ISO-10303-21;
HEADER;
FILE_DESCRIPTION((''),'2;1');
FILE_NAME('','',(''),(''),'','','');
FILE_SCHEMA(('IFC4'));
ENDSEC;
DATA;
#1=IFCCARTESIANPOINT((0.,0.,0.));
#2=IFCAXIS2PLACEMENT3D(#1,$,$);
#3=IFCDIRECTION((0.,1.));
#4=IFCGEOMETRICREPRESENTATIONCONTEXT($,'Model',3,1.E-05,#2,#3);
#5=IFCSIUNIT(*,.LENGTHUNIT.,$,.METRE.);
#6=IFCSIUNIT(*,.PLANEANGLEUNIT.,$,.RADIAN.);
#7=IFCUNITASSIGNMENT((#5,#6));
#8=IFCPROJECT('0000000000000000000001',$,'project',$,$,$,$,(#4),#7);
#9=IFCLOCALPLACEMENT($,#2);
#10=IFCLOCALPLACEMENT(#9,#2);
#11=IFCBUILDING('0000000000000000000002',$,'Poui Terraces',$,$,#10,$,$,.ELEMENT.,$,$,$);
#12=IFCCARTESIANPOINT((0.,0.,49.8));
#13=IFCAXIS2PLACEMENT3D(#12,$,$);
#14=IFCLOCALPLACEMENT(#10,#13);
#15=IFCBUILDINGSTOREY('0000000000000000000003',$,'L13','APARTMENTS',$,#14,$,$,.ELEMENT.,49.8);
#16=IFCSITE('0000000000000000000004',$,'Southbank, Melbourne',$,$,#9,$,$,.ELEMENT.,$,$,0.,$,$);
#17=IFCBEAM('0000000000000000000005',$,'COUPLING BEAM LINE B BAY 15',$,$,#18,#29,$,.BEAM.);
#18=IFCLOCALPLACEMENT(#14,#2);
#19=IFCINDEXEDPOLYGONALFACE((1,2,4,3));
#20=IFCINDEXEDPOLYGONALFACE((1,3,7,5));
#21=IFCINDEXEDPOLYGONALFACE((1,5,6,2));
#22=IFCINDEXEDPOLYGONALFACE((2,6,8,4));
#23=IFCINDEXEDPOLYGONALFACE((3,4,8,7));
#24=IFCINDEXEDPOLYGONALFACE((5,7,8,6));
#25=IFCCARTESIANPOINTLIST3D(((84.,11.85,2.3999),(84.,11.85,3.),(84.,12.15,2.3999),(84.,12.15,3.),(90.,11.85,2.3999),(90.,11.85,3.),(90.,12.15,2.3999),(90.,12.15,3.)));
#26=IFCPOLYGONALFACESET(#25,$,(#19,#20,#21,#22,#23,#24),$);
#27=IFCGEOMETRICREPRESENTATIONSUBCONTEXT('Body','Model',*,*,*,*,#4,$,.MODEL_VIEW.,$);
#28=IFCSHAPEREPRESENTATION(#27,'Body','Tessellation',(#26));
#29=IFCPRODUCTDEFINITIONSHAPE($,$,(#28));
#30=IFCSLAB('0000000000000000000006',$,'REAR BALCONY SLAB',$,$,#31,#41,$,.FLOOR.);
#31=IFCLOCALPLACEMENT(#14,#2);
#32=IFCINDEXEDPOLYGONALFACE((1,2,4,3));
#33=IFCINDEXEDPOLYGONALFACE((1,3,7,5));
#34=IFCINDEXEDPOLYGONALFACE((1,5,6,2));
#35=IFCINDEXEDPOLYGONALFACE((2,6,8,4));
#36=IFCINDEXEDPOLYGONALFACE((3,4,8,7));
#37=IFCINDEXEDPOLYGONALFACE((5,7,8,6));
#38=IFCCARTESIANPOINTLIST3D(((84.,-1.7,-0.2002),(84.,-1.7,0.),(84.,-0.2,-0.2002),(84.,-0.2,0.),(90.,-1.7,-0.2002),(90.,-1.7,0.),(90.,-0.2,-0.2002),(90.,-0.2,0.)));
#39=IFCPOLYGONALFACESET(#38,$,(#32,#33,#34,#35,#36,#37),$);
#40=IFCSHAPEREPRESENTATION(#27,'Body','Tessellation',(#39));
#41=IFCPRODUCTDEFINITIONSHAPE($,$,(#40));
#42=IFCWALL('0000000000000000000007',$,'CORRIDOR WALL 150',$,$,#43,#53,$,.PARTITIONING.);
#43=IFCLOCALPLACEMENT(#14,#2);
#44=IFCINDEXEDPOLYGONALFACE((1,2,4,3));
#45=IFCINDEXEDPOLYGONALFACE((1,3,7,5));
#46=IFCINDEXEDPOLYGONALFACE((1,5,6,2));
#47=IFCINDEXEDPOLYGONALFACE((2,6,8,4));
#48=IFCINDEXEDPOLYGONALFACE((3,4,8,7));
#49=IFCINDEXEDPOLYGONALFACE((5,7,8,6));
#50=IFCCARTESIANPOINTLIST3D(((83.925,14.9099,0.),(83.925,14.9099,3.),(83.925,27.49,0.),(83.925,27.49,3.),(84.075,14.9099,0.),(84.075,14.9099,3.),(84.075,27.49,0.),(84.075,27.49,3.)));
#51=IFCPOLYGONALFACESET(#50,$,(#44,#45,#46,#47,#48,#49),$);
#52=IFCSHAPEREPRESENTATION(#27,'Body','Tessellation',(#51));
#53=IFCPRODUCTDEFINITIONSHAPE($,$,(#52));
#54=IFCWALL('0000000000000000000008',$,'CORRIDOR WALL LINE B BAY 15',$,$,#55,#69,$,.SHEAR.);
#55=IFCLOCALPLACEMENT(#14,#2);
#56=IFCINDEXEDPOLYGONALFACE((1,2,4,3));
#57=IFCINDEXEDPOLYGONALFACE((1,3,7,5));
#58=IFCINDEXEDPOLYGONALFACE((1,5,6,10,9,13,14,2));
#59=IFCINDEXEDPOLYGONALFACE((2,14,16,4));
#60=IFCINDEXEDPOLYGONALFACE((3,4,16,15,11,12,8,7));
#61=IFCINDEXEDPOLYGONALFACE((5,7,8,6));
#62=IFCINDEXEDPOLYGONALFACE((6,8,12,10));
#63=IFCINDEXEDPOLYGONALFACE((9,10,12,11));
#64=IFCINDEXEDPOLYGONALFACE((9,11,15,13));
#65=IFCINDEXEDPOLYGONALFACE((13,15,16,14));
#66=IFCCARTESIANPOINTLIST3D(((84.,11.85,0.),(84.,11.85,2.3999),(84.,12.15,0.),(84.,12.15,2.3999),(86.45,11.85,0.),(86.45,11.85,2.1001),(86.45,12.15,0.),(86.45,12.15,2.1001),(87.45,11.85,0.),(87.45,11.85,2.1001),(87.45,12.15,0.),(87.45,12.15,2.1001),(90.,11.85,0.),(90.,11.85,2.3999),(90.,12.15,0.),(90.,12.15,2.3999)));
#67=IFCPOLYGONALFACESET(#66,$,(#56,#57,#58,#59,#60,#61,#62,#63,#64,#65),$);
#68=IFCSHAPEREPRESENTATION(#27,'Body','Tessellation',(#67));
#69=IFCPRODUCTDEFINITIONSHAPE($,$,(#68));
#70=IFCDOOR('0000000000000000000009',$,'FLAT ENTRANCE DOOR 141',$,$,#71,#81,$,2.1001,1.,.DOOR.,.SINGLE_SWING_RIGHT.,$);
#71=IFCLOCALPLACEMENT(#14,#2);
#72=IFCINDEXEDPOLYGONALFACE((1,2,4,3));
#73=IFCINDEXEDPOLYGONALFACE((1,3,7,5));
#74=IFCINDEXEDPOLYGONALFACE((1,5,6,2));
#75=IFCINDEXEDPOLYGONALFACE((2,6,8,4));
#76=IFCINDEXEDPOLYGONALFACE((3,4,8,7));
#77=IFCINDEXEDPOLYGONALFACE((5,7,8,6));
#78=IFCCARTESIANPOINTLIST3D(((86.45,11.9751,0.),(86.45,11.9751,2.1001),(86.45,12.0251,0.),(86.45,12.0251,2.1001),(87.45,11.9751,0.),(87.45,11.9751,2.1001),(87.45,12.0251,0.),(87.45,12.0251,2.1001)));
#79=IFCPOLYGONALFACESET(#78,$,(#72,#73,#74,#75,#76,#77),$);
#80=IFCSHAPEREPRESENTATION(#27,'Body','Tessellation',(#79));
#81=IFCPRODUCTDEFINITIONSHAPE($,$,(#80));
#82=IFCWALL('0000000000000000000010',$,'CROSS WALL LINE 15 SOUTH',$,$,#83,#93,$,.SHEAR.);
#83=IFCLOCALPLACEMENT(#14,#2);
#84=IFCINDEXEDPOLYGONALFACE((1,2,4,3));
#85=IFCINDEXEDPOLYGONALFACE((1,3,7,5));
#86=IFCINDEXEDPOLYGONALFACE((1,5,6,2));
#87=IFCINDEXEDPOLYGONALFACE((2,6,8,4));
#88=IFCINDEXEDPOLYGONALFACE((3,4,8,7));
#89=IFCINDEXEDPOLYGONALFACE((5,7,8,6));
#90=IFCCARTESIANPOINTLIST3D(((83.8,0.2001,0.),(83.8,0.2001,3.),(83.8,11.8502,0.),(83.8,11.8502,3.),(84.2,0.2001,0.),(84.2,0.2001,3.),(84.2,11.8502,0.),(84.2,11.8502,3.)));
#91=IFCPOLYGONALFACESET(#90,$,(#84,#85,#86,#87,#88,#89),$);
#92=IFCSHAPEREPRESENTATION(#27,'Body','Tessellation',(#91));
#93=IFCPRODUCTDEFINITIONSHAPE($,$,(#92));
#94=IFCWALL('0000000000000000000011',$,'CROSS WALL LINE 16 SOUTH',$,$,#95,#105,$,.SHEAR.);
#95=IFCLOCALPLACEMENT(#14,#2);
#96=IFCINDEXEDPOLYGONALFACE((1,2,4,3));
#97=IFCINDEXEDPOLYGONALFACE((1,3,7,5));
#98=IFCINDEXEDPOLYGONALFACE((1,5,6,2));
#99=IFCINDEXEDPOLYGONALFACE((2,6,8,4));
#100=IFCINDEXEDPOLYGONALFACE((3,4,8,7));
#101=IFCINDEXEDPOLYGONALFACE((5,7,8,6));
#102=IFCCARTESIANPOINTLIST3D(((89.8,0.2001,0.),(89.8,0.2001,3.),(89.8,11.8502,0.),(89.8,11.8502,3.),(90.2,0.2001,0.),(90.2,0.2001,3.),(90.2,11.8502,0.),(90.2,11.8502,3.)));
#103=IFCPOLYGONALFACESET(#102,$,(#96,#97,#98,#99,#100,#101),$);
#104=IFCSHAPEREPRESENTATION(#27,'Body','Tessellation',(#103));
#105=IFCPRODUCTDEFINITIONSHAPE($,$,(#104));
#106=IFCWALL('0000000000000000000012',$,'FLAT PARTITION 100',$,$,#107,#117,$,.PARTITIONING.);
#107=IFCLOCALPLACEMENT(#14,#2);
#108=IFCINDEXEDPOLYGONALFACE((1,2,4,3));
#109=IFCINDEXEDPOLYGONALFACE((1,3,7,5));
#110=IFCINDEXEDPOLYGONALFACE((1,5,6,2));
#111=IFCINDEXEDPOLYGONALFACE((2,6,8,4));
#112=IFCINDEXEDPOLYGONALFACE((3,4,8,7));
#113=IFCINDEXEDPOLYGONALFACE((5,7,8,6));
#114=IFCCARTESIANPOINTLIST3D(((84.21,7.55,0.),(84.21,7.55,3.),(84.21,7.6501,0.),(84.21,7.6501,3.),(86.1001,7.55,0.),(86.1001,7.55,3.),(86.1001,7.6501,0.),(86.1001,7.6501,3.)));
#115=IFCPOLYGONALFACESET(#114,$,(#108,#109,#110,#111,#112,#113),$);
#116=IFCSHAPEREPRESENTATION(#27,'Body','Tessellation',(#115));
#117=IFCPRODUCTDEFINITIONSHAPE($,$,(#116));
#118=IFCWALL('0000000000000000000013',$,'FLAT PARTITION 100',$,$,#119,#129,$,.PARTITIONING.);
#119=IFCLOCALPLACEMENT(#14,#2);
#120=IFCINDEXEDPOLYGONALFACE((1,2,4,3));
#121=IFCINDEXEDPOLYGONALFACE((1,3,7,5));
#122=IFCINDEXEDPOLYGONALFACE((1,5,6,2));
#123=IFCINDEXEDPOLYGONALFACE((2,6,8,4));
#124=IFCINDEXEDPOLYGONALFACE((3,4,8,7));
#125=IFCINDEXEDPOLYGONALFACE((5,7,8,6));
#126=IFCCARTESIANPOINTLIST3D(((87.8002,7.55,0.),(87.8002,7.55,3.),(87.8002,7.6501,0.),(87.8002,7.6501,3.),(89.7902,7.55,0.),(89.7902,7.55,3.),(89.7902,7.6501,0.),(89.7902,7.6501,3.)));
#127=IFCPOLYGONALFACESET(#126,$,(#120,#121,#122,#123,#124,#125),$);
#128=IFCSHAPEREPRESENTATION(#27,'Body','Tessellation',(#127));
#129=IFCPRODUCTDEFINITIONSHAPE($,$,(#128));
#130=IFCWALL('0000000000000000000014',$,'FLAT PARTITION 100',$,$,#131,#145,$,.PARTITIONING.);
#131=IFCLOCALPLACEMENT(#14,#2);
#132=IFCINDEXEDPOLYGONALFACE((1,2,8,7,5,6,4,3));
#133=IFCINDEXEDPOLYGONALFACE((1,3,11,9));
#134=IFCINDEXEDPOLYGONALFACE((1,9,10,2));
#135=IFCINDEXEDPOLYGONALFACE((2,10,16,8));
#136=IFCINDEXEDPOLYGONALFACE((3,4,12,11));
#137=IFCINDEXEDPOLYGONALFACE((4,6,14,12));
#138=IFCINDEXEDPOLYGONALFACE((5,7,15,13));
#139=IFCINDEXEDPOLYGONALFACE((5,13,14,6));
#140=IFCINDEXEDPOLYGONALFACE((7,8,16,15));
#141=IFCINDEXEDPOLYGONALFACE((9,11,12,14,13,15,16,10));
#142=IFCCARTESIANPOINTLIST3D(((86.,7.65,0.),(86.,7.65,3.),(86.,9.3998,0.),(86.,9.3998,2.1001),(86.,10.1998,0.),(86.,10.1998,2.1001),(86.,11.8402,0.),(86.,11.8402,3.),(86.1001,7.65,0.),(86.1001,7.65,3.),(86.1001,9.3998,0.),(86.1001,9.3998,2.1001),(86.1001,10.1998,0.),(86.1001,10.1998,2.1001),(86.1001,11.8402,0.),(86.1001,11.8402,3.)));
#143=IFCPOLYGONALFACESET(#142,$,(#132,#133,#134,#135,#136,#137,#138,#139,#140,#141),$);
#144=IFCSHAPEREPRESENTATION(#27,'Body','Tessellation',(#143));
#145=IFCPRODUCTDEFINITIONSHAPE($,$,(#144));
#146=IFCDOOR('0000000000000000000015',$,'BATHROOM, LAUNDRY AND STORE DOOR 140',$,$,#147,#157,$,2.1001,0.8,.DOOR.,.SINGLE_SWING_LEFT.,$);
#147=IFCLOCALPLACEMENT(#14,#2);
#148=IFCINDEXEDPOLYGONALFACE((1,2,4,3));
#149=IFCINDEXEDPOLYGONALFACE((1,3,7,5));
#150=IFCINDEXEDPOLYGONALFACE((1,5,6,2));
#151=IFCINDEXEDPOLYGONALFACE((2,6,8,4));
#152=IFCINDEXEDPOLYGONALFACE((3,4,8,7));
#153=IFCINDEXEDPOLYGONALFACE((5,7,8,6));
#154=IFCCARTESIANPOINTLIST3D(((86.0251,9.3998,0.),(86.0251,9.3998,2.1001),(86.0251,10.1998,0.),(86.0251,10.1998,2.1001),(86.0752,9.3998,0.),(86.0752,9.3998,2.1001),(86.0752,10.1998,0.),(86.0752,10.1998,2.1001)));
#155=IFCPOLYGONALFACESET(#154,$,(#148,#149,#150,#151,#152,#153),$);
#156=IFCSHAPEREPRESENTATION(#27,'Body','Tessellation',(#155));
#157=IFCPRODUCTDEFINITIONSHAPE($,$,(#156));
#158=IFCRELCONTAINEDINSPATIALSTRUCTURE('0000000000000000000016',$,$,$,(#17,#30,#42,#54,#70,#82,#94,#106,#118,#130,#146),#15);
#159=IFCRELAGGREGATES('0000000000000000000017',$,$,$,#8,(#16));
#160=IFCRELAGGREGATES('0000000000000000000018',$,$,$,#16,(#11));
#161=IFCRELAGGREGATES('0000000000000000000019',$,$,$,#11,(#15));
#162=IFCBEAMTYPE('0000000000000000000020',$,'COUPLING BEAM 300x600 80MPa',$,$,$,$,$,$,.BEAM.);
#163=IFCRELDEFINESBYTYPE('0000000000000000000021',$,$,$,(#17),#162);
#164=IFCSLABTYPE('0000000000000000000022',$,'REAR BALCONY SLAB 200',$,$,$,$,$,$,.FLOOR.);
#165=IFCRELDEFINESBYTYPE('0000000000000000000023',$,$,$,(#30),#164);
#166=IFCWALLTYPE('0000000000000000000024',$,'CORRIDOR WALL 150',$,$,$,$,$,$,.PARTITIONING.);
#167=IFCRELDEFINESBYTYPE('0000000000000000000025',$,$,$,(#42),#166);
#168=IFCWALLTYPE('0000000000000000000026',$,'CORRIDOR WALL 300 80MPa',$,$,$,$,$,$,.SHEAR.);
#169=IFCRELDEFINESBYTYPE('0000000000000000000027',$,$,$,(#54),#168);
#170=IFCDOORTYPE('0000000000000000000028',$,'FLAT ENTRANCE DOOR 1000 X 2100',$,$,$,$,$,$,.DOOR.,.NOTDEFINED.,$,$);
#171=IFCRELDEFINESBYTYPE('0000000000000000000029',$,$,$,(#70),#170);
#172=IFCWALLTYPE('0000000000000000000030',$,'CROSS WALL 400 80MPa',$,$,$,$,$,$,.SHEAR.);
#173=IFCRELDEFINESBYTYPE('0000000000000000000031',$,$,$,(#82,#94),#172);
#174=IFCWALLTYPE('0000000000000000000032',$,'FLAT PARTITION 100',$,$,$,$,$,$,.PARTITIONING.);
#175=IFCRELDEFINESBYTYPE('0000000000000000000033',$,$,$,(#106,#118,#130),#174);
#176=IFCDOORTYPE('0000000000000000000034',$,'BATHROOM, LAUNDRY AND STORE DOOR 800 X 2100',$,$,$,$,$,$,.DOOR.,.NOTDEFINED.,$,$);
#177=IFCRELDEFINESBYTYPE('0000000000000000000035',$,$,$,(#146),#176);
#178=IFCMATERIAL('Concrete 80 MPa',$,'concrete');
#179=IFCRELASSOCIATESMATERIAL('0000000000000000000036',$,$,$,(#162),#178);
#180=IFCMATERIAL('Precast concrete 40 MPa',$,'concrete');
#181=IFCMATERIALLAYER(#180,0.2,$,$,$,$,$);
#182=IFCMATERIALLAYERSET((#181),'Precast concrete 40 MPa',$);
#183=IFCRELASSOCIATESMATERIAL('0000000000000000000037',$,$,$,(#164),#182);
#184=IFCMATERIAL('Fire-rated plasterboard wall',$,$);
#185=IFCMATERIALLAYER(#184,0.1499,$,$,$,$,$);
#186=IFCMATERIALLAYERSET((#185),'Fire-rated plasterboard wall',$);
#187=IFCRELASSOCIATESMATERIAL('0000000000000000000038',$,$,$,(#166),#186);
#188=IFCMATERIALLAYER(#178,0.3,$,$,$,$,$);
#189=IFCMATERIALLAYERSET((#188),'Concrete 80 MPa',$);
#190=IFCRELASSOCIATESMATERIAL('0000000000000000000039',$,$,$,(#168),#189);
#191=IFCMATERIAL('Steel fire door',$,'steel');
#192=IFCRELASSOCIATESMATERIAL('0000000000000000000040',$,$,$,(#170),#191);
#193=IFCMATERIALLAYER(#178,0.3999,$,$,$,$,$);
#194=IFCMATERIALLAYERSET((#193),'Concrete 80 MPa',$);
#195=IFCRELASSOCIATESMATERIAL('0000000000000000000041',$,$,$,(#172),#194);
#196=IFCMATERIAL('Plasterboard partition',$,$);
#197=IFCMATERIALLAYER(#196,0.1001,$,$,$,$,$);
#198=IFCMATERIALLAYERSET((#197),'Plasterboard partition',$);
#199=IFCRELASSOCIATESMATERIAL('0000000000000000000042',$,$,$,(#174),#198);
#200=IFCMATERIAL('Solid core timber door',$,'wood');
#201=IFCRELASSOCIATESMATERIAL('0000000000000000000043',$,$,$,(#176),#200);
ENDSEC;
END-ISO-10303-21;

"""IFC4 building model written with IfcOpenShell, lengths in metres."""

from ifc_helpers import new_model, si_unit, direction, frame, frame_2d, origin, origin_2d, place, context, subcontext, project, spatial, polyline, rectangle, outline, extrude, source, transform, mapped, material, layer, layer_set, material_profile, profile_set, type_object, element, fill, save


model = new_model("IFC4")

# Units and contexts
model_context = context("Model", 3, precision=1e-05, world=origin(), true_north=direction((0.0, 1.0)))
body_context = subcontext(model_context, "Body", "Model", "MODEL_VIEW")
ifc_project = project(units=[si_unit("LENGTHUNIT", "METRE"), si_unit("PLANEANGLEUNIT", "RADIAN")], contexts=[model_context])

# Site, building, storey
site_placement = place(None, origin())
site = spatial("IfcSite", under=ifc_project, at=site_placement, Name="Southbank, Melbourne", CompositionType="ELEMENT", RefElevation=0.0)
building_placement = place(site_placement, origin())
building = spatial("IfcBuilding", under=site, at=building_placement, Name="Poui Terraces", CompositionType="ELEMENT")
storey_placement = place(building_placement, frame((0.0, 0.0, 49.8)))
storey = spatial("IfcBuildingStorey", under=building, at=storey_placement, Name="L13", Description="APARTMENTS", CompositionType="ELEMENT", Elevation=49.8)

# Beam
ifc_material_1 = material(Name="Concrete 80 MPa", Category="concrete")
ifc_material_profile_1 = material_profile(ifc_material_1, rectangle(XDim=0.3, YDim=0.6001, at=origin_2d()), Name="RC 300x600")
ifc_profile_set_1 = profile_set([ifc_material_profile_1], Name="Concrete 80 MPa")
beam_type = type_object("IfcBeamType", Name="COUPLING BEAM 300x600 80MPa", PredefinedType="BEAM", material=ifc_profile_set_1)
shared_shape_1 = source(origin(), body_context, "Body", "SweptSolid", [
    extrude(rectangle(XDim=0.3, YDim=0.6001, at=origin_2d()), origin(), (0.0, 0.0, 1.0), 6.0),
])
beam_placement = place(storey_placement, frame((84.0, 12.0, 2.7), z_axis=(1.0, 0.0, 0.0), x_axis=(0.0, 1.0, 0.0)))
element("IfcBeam", 1, at=beam_placement, inside=storey, type_object=beam_type, Name="COUPLING BEAM LINE B BAY 15", PredefinedType="BEAM", context=body_context, shape_type="MappedRepresentation", body=[
    mapped(shared_shape_1, transform((0.0, 0.0, 0.0))),
])

# Slab
ifc_material_2 = material(Name="Precast concrete 40 MPa", Category="concrete")
ifc_layer_1 = layer(ifc_material_2, 0.2)
ifc_layer_set_1 = layer_set([ifc_layer_1], Name="Precast concrete 40 MPa")
slab_type = type_object("IfcSlabType", Name="REAR BALCONY SLAB 200", PredefinedType="FLOOR", material=ifc_layer_set_1)
shared_shape_2 = source(origin(), body_context, "Body", "SweptSolid", [
    extrude(outline(polyline([(0.0, 0.0), (6.0, 0.0), (6.0, 1.5), (0.0, 1.5), (0.0, 0.0)])), origin(), (0.0, 0.0, 1.0), 0.2002),
])
slab_placement = place(storey_placement, frame((84.0, -1.7, -0.2002)))
element("IfcSlab", 2, at=slab_placement, inside=storey, type_object=slab_type, Name="REAR BALCONY SLAB", PredefinedType="FLOOR", context=body_context, shape_type="MappedRepresentation", body=[
    mapped(shared_shape_2, transform((0.0, 0.0, 0.0))),
])

# Wall
ifc_material_3 = material(Name="Fire-rated plasterboard wall")
ifc_layer_2 = layer(ifc_material_3, 0.1499)
ifc_layer_set_2 = layer_set([ifc_layer_2], Name="Fire-rated plasterboard wall")
wall_type_1 = type_object("IfcWallType", Name="CORRIDOR WALL 150", PredefinedType="PARTITIONING", material=ifc_layer_set_2)
wall_1_placement = place(storey_placement, frame((84.0, 14.9099, 0.0), z_axis=(0.0, 0.0, 1.0), x_axis=(0.0, 1.0, 0.0)))
element("IfcWall", 3, at=wall_1_placement, inside=storey, type_object=wall_type_1, Name="CORRIDOR WALL 150", PredefinedType="PARTITIONING", context=body_context, shape_type="SweptSolid", body=[
    extrude(rectangle(XDim=12.5801, YDim=0.1499, at=frame_2d((6.29, 0.0))), origin(), (0.0, 0.0, 1.0), 3.0),
])

# Wall, opening, door
ifc_layer_3 = layer(ifc_material_1, 0.3)
ifc_layer_set_3 = layer_set([ifc_layer_3], Name="Concrete 80 MPa")
wall_type_2 = type_object("IfcWallType", Name="CORRIDOR WALL 300 80MPa", PredefinedType="SHEAR", material=ifc_layer_set_3)
wall_2_placement = place(storey_placement, frame((84.0, 12.0, 0.0), z_axis=(0.0, 0.0, 1.0), x_axis=(1.0, 0.0, 0.0)))
wall_2 = element("IfcWall", 4, at=wall_2_placement, inside=storey, type_object=wall_type_2, Name="CORRIDOR WALL LINE B BAY 15", PredefinedType="SHEAR", context=body_context, shape_type="SweptSolid", body=[
    extrude(rectangle(XDim=6.0, YDim=0.3, at=frame_2d((3.0, 0.0))), origin(), (0.0, 0.0, 1.0), 2.3999),
])
opening_1_placement = place(wall_2_placement, frame((2.45, 0.0, 0.0)))
opening_1 = element("IfcOpeningElement", 5, at=opening_1_placement, cuts=wall_2, PredefinedType="OPENING", context=body_context, shape_type="SweptSolid", body=[
    extrude(rectangle(XDim=1.0, YDim=2.1001, at=frame_2d((0.5, 1.05))), frame((0.0, 0.1602, 0.0), z_axis=(0.0, -1.0, 0.0), x_axis=(1.0, 0.0, 0.0)), (0.0, 0.0, 1.0), 0.3201),
])
ifc_material_4 = material(Name="Steel fire door", Category="steel")
door_type_1 = type_object("IfcDoorType", Name="FLAT ENTRANCE DOOR 1000 X 2100", OperationType="NOTDEFINED", PredefinedType="DOOR", material=ifc_material_4)
door_1_placement = place(opening_1_placement, frame((1.0, 0.0, 0.0), z_axis=(0.0, 0.0, 1.0), x_axis=(-1.0, 0.0, 0.0)))
door_1 = element("IfcDoor", 6, at=door_1_placement, inside=storey, type_object=door_type_1, Name="FLAT ENTRANCE DOOR 141", OperationType="SINGLE_SWING_RIGHT", OverallHeight=2.1001, OverallWidth=1.0, PredefinedType="DOOR", context=body_context, shape_type="SweptSolid", body=[
    extrude(rectangle(XDim=1.0, YDim=2.1001, at=frame_2d((0.5, 1.05))), frame((0.0, 0.0249, 0.0), z_axis=(0.0, -1.0, 0.0), x_axis=(1.0, 0.0, 0.0)), (0.0, 0.0, 1.0), 0.05),
])
fill(opening_1, door_1)

# Walls
ifc_layer_4 = layer(ifc_material_1, 0.3999)
ifc_layer_set_4 = layer_set([ifc_layer_4], Name="Concrete 80 MPa")
wall_type_3 = type_object("IfcWallType", Name="CROSS WALL 400 80MPa", PredefinedType="SHEAR", material=ifc_layer_set_4)
for number, where, z_axis, x_axis, name in (
    (7, (84.0, 0.2, 0.0), (0.0, 0.0, 1.0), (0.0, 1.0, 0.0), "CROSS WALL LINE 15 SOUTH"),
    (8, (90.0, 0.2, 0.0), (0.0, 0.0, 1.0), (0.0, 1.0, 0.0), "CROSS WALL LINE 16 SOUTH"),
):
    element("IfcWall", number, at=place(storey_placement, frame(where, z_axis=z_axis, x_axis=x_axis)), inside=storey, type_object=wall_type_3, Name=name, PredefinedType="SHEAR", context=body_context, shape_type="SweptSolid", body=[
        extrude(rectangle(XDim=11.6501, YDim=0.3999, at=frame_2d((5.8252, 0.0))), origin(), (0.0, 0.0, 1.0), 3.0),
    ])
ifc_material_5 = material(Name="Plasterboard partition")
ifc_layer_5 = layer(ifc_material_5, 0.1001)
ifc_layer_set_5 = layer_set([ifc_layer_5], Name="Plasterboard partition")
wall_type_4 = type_object("IfcWallType", Name="FLAT PARTITION 100", PredefinedType="PARTITIONING", material=ifc_layer_set_5)
wall_3_placement = place(storey_placement, frame((84.21, 7.6001, 0.0), z_axis=(0.0, 0.0, 1.0), x_axis=(1.0, 0.0, 0.0)))
element("IfcWall", 9, at=wall_3_placement, inside=storey, type_object=wall_type_4, Name="FLAT PARTITION 100", PredefinedType="PARTITIONING", context=body_context, shape_type="SweptSolid", body=[
    extrude(rectangle(XDim=1.8901, YDim=0.1001, at=frame_2d((0.9451, 0.0))), origin(), (0.0, 0.0, 1.0), 3.0),
])
wall_4_placement = place(storey_placement, frame((87.8, 7.6001, 0.0), z_axis=(0.0, 0.0, 1.0), x_axis=(1.0, 0.0, 0.0)))
element("IfcWall", 10, at=wall_4_placement, inside=storey, type_object=wall_type_4, Name="FLAT PARTITION 100", PredefinedType="PARTITIONING", context=body_context, shape_type="SweptSolid", body=[
    extrude(rectangle(XDim=1.99, YDim=0.1001, at=frame_2d((0.9951, 0.0))), origin(), (0.0, 0.0, 1.0), 3.0),
])

# Wall, opening, door
wall_5_placement = place(storey_placement, frame((86.05, 7.6499, 0.0), z_axis=(0.0, 0.0, 1.0), x_axis=(0.0, 1.0, 0.0)))
wall_5 = element("IfcWall", 11, at=wall_5_placement, inside=storey, type_object=wall_type_4, Name="FLAT PARTITION 100", PredefinedType="PARTITIONING", context=body_context, shape_type="SweptSolid", body=[
    extrude(rectangle(XDim=4.1902, YDim=0.1001, at=frame_2d((2.0952, 0.0))), origin(), (0.0, 0.0, 1.0), 3.0),
])
opening_2_placement = place(wall_5_placement, frame((1.75, 0.0, 0.0)))
opening_2 = element("IfcOpeningElement", 12, at=opening_2_placement, cuts=wall_5, PredefinedType="OPENING", context=body_context, shape_type="SweptSolid", body=[
    extrude(rectangle(XDim=0.8, YDim=2.1001, at=frame_2d((0.3999, 1.05))), frame((0.0, 0.0601, 0.0), z_axis=(0.0, -1.0, 0.0), x_axis=(1.0, 0.0, 0.0)), (0.0, 0.0, 1.0), 0.1201),
])
ifc_material_6 = material(Name="Solid core timber door", Category="wood")
door_type_2 = type_object("IfcDoorType", Name="BATHROOM, LAUNDRY AND STORE DOOR 800 X 2100", OperationType="NOTDEFINED", PredefinedType="DOOR", material=ifc_material_6)
door_2_placement = place(opening_2_placement, origin())
door_2 = element("IfcDoor", 13, at=door_2_placement, inside=storey, type_object=door_type_2, Name="BATHROOM, LAUNDRY AND STORE DOOR 140", OperationType="SINGLE_SWING_LEFT", OverallHeight=2.1001, OverallWidth=0.8, PredefinedType="DOOR", context=body_context, shape_type="SweptSolid", body=[
    extrude(rectangle(XDim=0.8, YDim=2.1001, at=frame_2d((0.3999, 1.05))), frame((0.0, 0.0249, 0.0), z_axis=(0.0, -1.0, 0.0), x_axis=(1.0, 0.0, 0.0)), (0.0, 0.0, 1.0), 0.05),
])
fill(opening_2, door_2)

save(model, "model.ifc")
